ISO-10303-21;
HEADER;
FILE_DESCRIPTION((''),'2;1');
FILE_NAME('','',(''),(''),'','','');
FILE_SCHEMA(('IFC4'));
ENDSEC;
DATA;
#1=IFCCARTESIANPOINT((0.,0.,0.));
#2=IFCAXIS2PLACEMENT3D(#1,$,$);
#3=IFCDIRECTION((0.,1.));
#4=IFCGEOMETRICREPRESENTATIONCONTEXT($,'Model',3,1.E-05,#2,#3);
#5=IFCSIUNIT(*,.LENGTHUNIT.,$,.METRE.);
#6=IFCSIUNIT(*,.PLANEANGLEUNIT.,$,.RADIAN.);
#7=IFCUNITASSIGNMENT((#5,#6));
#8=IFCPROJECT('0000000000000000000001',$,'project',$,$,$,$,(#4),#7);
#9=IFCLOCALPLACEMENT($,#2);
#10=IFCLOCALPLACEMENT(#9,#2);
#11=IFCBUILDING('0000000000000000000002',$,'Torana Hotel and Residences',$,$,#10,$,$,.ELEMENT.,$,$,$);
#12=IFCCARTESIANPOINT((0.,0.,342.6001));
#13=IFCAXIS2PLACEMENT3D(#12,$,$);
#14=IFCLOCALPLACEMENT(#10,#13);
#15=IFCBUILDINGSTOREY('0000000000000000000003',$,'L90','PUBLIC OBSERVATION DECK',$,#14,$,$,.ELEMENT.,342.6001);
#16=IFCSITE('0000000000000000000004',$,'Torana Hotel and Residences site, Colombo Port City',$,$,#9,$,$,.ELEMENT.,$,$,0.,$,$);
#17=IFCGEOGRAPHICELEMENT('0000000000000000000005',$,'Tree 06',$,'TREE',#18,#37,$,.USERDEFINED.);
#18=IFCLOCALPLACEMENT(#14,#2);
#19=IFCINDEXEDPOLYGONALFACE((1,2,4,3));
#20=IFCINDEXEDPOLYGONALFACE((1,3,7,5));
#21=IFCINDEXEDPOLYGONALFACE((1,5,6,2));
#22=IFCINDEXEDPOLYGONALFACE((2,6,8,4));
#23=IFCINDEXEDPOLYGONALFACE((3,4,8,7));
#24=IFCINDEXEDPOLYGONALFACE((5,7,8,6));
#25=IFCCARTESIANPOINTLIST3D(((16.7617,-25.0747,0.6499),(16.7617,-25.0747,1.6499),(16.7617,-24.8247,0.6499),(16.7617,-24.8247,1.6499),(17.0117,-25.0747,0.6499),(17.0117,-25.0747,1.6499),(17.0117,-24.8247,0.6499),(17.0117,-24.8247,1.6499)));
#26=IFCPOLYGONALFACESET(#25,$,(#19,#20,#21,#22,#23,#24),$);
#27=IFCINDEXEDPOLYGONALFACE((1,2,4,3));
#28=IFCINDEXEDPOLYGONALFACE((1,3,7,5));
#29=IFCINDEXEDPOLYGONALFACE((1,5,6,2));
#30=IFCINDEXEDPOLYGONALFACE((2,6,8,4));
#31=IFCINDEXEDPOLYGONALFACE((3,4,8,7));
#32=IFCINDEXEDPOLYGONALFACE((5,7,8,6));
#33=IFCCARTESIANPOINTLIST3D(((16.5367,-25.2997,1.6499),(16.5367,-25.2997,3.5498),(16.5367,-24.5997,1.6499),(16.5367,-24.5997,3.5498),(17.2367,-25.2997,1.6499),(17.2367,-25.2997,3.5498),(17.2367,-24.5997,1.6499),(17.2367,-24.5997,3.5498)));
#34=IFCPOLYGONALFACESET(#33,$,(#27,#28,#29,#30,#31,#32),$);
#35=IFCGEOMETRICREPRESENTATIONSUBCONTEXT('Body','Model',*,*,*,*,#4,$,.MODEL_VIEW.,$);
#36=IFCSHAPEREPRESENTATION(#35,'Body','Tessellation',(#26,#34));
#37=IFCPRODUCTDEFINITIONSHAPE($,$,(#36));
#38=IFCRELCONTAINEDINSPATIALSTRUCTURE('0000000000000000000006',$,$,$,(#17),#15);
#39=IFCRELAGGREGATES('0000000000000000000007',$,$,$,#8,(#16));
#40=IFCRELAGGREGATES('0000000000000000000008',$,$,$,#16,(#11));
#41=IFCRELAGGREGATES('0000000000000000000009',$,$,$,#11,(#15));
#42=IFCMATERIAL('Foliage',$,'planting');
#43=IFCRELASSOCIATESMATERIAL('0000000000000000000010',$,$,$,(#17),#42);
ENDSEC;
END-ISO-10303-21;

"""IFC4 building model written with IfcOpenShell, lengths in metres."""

from ifc_helpers import new_model, si_unit, direction, frame, origin, origin_2d, place, context, subcontext, project, spatial, rectangle, extrude, material, element, save


model = new_model("IFC4")

# Units and contexts
model_context = context("Model", 3, precision=1e-05, world=origin(), true_north=direction((0.0, 1.0)))
body_context = subcontext(model_context, "Body", "Model", "MODEL_VIEW")
ifc_project = project(units=[si_unit("LENGTHUNIT", "METRE"), si_unit("PLANEANGLEUNIT", "RADIAN")], contexts=[model_context])

# Site, building, storey
site_placement = place(None, origin())
site = spatial("IfcSite", under=ifc_project, at=site_placement, Name="Torana Hotel and Residences site, Colombo Port City", CompositionType="ELEMENT", RefElevation=0.0)
building_placement = place(site_placement, origin())
building = spatial("IfcBuilding", under=site, at=building_placement, Name="Torana Hotel and Residences", CompositionType="ELEMENT")
storey_placement = place(building_placement, frame((0.0, 0.0, 342.6001)))
storey = spatial("IfcBuildingStorey", under=building, at=storey_placement, Name="L90", Description="PUBLIC OBSERVATION DECK", CompositionType="ELEMENT", Elevation=342.6001)

# Geographic element
ifc_material_1 = material(Name="Foliage", Category="planting")
geographic_element_placement = place(storey_placement, frame((16.8867, -24.9497, 0.6499), z_axis=(0.0, 0.0, 1.0), x_axis=(1.0, 0.0, 0.0)))
element("IfcGeographicElement", 1, at=geographic_element_placement, inside=storey, material=ifc_material_1, Name="Tree 06", ObjectType="TREE", PredefinedType="USERDEFINED", context=body_context, shape_type="SweptSolid", body=[
    extrude(rectangle(XDim=0.25, YDim=0.25, at=origin_2d()), origin(), (0.0, 0.0, 1.0), 1.0),
    extrude(rectangle(XDim=0.7, YDim=0.7, at=origin_2d()), frame((0.0, 0.0, 1.0)), (0.0, 0.0, 1.0), 1.8999),
])

save(model, "model.ifc")
